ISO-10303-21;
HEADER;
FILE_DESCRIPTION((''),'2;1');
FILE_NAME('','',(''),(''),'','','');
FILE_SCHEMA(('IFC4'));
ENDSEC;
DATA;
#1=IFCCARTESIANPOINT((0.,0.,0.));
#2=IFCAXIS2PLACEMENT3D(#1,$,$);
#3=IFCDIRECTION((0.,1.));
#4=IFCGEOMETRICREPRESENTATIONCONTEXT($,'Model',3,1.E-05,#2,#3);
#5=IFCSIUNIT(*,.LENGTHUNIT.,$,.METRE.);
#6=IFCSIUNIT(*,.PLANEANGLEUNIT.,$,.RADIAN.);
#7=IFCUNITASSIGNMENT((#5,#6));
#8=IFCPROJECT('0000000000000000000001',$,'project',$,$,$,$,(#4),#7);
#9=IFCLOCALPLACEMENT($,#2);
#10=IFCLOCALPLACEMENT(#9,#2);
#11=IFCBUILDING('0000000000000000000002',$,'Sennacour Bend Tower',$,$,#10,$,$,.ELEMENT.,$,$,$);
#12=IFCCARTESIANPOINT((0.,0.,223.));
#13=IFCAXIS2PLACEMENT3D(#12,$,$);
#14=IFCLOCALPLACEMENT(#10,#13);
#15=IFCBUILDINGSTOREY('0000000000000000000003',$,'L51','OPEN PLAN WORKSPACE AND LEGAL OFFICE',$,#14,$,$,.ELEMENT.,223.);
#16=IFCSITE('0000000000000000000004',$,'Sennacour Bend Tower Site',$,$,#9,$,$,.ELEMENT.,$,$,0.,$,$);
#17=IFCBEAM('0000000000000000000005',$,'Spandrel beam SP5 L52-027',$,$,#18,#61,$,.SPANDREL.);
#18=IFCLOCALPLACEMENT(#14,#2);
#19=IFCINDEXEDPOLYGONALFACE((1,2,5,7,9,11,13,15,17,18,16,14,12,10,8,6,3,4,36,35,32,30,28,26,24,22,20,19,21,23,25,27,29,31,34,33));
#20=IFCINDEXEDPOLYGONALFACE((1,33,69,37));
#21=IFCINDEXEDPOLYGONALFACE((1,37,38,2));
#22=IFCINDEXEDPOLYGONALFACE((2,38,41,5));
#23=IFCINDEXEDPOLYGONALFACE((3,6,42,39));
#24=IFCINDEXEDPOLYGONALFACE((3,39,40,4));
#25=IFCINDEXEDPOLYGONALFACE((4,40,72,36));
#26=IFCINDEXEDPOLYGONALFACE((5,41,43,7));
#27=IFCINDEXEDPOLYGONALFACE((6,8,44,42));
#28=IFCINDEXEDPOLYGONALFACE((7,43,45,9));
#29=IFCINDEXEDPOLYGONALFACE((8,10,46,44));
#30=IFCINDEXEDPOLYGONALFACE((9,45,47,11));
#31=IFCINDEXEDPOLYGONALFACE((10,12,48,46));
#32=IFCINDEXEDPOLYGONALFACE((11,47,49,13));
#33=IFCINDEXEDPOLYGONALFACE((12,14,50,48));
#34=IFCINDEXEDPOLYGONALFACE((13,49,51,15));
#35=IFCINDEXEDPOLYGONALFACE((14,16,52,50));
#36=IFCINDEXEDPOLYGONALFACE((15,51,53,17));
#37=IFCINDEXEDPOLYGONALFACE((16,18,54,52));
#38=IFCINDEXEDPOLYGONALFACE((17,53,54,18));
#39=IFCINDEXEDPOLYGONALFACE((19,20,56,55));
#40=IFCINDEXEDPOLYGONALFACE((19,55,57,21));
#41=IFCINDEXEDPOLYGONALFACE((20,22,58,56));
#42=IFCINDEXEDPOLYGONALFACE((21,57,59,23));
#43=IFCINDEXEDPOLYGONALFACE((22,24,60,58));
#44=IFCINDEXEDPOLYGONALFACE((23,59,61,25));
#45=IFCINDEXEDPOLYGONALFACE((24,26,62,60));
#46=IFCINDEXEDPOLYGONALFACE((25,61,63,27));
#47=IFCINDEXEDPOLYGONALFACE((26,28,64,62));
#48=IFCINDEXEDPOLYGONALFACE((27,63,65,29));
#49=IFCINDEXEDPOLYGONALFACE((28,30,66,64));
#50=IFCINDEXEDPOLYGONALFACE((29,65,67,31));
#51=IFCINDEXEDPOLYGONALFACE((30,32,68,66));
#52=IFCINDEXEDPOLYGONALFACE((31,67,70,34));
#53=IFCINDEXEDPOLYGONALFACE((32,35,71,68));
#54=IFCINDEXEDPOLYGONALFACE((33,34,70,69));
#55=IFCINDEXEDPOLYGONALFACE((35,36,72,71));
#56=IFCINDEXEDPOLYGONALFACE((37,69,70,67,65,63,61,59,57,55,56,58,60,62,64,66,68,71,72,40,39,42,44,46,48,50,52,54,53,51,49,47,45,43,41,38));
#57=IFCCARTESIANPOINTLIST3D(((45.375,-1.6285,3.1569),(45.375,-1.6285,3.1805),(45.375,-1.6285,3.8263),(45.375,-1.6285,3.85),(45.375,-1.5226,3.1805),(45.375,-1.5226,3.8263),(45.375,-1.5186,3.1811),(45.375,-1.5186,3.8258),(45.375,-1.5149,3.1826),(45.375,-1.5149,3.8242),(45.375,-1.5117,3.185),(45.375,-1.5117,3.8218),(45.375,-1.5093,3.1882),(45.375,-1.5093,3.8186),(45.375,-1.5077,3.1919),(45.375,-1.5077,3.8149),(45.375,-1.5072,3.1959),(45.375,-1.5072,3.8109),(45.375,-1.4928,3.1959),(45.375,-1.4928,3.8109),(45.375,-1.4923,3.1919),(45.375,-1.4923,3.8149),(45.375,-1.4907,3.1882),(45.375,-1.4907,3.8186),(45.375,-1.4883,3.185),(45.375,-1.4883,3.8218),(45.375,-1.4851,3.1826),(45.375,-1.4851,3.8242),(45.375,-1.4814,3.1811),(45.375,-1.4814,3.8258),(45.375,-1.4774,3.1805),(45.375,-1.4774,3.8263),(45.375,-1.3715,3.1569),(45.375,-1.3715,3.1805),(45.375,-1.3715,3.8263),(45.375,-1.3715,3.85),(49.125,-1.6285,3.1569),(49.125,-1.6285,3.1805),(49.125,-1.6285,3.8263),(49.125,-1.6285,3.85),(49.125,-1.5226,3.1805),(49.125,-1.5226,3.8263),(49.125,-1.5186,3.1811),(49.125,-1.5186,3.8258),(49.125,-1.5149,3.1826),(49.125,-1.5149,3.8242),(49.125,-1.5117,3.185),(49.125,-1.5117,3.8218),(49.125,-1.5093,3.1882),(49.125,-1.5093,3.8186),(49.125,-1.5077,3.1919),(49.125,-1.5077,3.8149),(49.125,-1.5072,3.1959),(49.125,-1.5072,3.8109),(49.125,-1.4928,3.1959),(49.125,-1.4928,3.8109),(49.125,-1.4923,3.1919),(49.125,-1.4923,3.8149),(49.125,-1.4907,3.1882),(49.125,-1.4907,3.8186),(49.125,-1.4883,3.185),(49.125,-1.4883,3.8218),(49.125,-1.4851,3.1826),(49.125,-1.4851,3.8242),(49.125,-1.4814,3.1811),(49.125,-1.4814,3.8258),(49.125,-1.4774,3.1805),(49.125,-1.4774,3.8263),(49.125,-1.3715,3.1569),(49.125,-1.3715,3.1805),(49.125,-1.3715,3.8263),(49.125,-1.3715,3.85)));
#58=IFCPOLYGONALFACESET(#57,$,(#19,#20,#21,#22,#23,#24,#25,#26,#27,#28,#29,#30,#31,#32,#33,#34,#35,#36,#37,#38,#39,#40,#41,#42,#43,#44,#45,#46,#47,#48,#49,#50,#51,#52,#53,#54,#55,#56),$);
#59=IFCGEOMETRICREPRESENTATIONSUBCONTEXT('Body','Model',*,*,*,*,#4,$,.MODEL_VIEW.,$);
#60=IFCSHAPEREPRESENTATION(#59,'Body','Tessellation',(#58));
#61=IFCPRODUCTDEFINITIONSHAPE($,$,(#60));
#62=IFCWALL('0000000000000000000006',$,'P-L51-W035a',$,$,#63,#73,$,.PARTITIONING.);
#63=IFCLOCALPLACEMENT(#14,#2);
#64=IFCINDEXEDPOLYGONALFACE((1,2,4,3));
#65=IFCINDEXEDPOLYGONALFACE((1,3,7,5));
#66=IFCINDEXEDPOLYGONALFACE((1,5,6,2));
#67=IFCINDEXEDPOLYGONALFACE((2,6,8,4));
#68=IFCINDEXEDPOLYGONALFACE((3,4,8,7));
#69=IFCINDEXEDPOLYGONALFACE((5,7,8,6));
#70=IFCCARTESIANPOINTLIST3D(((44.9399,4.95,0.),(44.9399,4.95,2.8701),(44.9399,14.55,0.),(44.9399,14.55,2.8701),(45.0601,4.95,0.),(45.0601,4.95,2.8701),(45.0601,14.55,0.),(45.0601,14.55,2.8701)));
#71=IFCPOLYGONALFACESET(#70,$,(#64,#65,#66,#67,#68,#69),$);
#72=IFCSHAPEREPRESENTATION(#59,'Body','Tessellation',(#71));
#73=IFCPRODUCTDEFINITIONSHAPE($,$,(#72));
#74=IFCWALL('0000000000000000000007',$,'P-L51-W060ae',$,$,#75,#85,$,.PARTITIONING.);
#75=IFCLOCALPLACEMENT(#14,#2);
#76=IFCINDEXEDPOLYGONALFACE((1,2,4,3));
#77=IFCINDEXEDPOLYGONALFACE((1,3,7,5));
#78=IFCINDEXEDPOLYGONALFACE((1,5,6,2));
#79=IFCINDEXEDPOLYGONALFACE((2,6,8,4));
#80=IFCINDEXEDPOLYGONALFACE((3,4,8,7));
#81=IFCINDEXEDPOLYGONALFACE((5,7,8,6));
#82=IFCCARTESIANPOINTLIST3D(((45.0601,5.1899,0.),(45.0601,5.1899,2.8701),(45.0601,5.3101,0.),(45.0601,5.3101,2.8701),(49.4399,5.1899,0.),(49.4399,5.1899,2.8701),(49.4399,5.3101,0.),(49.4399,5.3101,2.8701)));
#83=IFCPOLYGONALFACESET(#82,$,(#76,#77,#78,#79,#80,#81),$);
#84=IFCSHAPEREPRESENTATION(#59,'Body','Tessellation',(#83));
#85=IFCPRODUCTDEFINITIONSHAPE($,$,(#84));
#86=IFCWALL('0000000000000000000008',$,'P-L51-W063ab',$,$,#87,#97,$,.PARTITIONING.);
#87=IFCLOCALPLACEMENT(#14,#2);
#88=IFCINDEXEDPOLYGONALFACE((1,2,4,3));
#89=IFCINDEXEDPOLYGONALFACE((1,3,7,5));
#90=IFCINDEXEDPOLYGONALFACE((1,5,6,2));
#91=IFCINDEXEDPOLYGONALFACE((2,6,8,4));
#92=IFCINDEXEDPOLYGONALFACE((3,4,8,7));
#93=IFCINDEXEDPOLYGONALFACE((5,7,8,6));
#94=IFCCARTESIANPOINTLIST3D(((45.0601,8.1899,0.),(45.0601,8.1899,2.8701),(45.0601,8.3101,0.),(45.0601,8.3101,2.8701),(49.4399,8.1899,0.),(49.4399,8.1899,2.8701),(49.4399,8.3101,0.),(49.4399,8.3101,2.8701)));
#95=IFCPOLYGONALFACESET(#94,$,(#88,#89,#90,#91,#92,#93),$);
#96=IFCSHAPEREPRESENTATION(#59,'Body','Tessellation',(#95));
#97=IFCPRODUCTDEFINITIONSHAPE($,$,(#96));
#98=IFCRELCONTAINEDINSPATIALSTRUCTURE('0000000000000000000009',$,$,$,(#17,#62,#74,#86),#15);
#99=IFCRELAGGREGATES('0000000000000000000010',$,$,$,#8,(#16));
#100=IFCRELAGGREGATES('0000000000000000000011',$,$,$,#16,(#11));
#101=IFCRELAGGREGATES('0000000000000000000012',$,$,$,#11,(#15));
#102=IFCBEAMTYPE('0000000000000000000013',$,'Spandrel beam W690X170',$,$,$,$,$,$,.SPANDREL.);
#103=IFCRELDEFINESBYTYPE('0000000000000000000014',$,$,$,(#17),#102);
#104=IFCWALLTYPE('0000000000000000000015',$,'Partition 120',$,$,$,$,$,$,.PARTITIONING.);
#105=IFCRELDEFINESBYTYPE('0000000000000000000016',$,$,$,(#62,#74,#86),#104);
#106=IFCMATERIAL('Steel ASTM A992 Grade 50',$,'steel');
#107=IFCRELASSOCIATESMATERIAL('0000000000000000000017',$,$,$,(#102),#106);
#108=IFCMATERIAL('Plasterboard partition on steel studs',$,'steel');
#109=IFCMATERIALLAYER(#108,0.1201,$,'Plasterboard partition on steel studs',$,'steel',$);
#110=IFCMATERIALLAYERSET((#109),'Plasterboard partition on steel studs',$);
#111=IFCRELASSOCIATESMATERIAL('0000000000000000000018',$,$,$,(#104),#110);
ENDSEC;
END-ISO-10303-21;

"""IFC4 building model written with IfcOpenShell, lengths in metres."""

from ifc_helpers import new_model, si_unit, direction, frame, frame_2d, origin, origin_2d, place, context, subcontext, project, spatial, rectangle, i_section, extrude, material, layer, layer_set, material_profile, profile_set, type_object, element, save


model = new_model("IFC4")

# Units and contexts
model_context = context("Model", 3, precision=1e-05, world=origin(), true_north=direction((0.0, 1.0)))
body_context = subcontext(model_context, "Body", "Model", "MODEL_VIEW")
ifc_project = project(units=[si_unit("LENGTHUNIT", "METRE"), si_unit("PLANEANGLEUNIT", "RADIAN")], contexts=[model_context])

# Site, building, storey
site_placement = place(None, origin())
site = spatial("IfcSite", under=ifc_project, at=site_placement, Name="Sennacour Bend Tower Site", CompositionType="ELEMENT", RefElevation=0.0)
building_placement = place(site_placement, origin())
building = spatial("IfcBuilding", under=site, at=building_placement, Name="Sennacour Bend Tower", CompositionType="ELEMENT")
storey_placement = place(building_placement, frame((0.0, 0.0, 223.0)))
storey = spatial("IfcBuildingStorey", under=building, at=storey_placement, Name="L51", Description="OPEN PLAN WORKSPACE AND LEGAL OFFICE", CompositionType="ELEMENT", Elevation=223.0)

# Beam
ifc_material_1 = material(Name="Steel ASTM A992 Grade 50", Category="steel")
ifc_material_profile_1 = material_profile(ifc_material_1, i_section(OverallWidth=0.2571, OverallDepth=0.6931, WebThickness=0.0144, FlangeThickness=0.0237, FilletRadius=0.0154, at=origin_2d()), Name="Steel ASTM A992 Grade 50", Category="steel")
ifc_profile_set_1 = profile_set([ifc_material_profile_1], Name="Steel ASTM A992 Grade 50")
beam_type_1 = type_object("IfcBeamType", Name="Spandrel beam W690X170", PredefinedType="SPANDREL", material=ifc_profile_set_1)
beam_1_placement = place(storey_placement, frame((49.125, -1.5, 3.5034), z_axis=(-1.0, 0.0, 0.0), x_axis=(0.0, -1.0, 0.0)))
element("IfcBeam", 1, at=beam_1_placement, inside=storey, type_object=beam_type_1, Name="Spandrel beam SP5 L52-027", PredefinedType="SPANDREL", context=body_context, shape_type="SweptSolid", body=[
    extrude(i_section(OverallWidth=0.2571, OverallDepth=0.6931, WebThickness=0.0144, FlangeThickness=0.0237, FilletRadius=0.0154, at=origin_2d()), origin(), (0.0, 0.0, 1.0), 3.75),
])

# Walls
ifc_material_2 = material(Name="Plasterboard partition on steel studs", Category="steel")
ifc_layer_1 = layer(ifc_material_2, 0.1201, Name="Plasterboard partition on steel studs", Category="steel")
ifc_layer_set_1 = layer_set([ifc_layer_1], Name="Plasterboard partition on steel studs")
wall_type_1 = type_object("IfcWallType", Name="Partition 120", PredefinedType="PARTITIONING", material=ifc_layer_set_1)
wall_1_placement = place(storey_placement, frame((45.0, 4.95, 0.0), z_axis=(0.0, 0.0, 1.0), x_axis=(0.0, 1.0, 0.0)))
element("IfcWall", 2, at=wall_1_placement, inside=storey, type_object=wall_type_1, Name="P-L51-W035a", PredefinedType="PARTITIONING", context=body_context, shape_type="SweptSolid", body=[
    extrude(rectangle(XDim=9.6001, YDim=0.1201, at=frame_2d((4.8, 0.0))), origin(), (0.0, 0.0, 1.0), 2.8701),
])
for number, where, z_axis, x_axis, name in (
    (3, (45.0601, 5.25, 0.0), (0.0, 0.0, 1.0), (1.0, 0.0, 0.0), "P-L51-W060ae"),
    (4, (45.0601, 8.25, 0.0), (0.0, 0.0, 1.0), (1.0, 0.0, 0.0), "P-L51-W063ab"),
):
    element("IfcWall", number, at=place(storey_placement, frame(where, z_axis=z_axis, x_axis=x_axis)), inside=storey, type_object=wall_type_1, Name=name, PredefinedType="PARTITIONING", context=body_context, shape_type="SweptSolid", body=[
        extrude(rectangle(XDim=4.3799, YDim=0.1201, at=frame_2d((2.1899, 0.0))), origin(), (0.0, 0.0, 1.0), 2.8701),
    ])

save(model, "model.ifc")
